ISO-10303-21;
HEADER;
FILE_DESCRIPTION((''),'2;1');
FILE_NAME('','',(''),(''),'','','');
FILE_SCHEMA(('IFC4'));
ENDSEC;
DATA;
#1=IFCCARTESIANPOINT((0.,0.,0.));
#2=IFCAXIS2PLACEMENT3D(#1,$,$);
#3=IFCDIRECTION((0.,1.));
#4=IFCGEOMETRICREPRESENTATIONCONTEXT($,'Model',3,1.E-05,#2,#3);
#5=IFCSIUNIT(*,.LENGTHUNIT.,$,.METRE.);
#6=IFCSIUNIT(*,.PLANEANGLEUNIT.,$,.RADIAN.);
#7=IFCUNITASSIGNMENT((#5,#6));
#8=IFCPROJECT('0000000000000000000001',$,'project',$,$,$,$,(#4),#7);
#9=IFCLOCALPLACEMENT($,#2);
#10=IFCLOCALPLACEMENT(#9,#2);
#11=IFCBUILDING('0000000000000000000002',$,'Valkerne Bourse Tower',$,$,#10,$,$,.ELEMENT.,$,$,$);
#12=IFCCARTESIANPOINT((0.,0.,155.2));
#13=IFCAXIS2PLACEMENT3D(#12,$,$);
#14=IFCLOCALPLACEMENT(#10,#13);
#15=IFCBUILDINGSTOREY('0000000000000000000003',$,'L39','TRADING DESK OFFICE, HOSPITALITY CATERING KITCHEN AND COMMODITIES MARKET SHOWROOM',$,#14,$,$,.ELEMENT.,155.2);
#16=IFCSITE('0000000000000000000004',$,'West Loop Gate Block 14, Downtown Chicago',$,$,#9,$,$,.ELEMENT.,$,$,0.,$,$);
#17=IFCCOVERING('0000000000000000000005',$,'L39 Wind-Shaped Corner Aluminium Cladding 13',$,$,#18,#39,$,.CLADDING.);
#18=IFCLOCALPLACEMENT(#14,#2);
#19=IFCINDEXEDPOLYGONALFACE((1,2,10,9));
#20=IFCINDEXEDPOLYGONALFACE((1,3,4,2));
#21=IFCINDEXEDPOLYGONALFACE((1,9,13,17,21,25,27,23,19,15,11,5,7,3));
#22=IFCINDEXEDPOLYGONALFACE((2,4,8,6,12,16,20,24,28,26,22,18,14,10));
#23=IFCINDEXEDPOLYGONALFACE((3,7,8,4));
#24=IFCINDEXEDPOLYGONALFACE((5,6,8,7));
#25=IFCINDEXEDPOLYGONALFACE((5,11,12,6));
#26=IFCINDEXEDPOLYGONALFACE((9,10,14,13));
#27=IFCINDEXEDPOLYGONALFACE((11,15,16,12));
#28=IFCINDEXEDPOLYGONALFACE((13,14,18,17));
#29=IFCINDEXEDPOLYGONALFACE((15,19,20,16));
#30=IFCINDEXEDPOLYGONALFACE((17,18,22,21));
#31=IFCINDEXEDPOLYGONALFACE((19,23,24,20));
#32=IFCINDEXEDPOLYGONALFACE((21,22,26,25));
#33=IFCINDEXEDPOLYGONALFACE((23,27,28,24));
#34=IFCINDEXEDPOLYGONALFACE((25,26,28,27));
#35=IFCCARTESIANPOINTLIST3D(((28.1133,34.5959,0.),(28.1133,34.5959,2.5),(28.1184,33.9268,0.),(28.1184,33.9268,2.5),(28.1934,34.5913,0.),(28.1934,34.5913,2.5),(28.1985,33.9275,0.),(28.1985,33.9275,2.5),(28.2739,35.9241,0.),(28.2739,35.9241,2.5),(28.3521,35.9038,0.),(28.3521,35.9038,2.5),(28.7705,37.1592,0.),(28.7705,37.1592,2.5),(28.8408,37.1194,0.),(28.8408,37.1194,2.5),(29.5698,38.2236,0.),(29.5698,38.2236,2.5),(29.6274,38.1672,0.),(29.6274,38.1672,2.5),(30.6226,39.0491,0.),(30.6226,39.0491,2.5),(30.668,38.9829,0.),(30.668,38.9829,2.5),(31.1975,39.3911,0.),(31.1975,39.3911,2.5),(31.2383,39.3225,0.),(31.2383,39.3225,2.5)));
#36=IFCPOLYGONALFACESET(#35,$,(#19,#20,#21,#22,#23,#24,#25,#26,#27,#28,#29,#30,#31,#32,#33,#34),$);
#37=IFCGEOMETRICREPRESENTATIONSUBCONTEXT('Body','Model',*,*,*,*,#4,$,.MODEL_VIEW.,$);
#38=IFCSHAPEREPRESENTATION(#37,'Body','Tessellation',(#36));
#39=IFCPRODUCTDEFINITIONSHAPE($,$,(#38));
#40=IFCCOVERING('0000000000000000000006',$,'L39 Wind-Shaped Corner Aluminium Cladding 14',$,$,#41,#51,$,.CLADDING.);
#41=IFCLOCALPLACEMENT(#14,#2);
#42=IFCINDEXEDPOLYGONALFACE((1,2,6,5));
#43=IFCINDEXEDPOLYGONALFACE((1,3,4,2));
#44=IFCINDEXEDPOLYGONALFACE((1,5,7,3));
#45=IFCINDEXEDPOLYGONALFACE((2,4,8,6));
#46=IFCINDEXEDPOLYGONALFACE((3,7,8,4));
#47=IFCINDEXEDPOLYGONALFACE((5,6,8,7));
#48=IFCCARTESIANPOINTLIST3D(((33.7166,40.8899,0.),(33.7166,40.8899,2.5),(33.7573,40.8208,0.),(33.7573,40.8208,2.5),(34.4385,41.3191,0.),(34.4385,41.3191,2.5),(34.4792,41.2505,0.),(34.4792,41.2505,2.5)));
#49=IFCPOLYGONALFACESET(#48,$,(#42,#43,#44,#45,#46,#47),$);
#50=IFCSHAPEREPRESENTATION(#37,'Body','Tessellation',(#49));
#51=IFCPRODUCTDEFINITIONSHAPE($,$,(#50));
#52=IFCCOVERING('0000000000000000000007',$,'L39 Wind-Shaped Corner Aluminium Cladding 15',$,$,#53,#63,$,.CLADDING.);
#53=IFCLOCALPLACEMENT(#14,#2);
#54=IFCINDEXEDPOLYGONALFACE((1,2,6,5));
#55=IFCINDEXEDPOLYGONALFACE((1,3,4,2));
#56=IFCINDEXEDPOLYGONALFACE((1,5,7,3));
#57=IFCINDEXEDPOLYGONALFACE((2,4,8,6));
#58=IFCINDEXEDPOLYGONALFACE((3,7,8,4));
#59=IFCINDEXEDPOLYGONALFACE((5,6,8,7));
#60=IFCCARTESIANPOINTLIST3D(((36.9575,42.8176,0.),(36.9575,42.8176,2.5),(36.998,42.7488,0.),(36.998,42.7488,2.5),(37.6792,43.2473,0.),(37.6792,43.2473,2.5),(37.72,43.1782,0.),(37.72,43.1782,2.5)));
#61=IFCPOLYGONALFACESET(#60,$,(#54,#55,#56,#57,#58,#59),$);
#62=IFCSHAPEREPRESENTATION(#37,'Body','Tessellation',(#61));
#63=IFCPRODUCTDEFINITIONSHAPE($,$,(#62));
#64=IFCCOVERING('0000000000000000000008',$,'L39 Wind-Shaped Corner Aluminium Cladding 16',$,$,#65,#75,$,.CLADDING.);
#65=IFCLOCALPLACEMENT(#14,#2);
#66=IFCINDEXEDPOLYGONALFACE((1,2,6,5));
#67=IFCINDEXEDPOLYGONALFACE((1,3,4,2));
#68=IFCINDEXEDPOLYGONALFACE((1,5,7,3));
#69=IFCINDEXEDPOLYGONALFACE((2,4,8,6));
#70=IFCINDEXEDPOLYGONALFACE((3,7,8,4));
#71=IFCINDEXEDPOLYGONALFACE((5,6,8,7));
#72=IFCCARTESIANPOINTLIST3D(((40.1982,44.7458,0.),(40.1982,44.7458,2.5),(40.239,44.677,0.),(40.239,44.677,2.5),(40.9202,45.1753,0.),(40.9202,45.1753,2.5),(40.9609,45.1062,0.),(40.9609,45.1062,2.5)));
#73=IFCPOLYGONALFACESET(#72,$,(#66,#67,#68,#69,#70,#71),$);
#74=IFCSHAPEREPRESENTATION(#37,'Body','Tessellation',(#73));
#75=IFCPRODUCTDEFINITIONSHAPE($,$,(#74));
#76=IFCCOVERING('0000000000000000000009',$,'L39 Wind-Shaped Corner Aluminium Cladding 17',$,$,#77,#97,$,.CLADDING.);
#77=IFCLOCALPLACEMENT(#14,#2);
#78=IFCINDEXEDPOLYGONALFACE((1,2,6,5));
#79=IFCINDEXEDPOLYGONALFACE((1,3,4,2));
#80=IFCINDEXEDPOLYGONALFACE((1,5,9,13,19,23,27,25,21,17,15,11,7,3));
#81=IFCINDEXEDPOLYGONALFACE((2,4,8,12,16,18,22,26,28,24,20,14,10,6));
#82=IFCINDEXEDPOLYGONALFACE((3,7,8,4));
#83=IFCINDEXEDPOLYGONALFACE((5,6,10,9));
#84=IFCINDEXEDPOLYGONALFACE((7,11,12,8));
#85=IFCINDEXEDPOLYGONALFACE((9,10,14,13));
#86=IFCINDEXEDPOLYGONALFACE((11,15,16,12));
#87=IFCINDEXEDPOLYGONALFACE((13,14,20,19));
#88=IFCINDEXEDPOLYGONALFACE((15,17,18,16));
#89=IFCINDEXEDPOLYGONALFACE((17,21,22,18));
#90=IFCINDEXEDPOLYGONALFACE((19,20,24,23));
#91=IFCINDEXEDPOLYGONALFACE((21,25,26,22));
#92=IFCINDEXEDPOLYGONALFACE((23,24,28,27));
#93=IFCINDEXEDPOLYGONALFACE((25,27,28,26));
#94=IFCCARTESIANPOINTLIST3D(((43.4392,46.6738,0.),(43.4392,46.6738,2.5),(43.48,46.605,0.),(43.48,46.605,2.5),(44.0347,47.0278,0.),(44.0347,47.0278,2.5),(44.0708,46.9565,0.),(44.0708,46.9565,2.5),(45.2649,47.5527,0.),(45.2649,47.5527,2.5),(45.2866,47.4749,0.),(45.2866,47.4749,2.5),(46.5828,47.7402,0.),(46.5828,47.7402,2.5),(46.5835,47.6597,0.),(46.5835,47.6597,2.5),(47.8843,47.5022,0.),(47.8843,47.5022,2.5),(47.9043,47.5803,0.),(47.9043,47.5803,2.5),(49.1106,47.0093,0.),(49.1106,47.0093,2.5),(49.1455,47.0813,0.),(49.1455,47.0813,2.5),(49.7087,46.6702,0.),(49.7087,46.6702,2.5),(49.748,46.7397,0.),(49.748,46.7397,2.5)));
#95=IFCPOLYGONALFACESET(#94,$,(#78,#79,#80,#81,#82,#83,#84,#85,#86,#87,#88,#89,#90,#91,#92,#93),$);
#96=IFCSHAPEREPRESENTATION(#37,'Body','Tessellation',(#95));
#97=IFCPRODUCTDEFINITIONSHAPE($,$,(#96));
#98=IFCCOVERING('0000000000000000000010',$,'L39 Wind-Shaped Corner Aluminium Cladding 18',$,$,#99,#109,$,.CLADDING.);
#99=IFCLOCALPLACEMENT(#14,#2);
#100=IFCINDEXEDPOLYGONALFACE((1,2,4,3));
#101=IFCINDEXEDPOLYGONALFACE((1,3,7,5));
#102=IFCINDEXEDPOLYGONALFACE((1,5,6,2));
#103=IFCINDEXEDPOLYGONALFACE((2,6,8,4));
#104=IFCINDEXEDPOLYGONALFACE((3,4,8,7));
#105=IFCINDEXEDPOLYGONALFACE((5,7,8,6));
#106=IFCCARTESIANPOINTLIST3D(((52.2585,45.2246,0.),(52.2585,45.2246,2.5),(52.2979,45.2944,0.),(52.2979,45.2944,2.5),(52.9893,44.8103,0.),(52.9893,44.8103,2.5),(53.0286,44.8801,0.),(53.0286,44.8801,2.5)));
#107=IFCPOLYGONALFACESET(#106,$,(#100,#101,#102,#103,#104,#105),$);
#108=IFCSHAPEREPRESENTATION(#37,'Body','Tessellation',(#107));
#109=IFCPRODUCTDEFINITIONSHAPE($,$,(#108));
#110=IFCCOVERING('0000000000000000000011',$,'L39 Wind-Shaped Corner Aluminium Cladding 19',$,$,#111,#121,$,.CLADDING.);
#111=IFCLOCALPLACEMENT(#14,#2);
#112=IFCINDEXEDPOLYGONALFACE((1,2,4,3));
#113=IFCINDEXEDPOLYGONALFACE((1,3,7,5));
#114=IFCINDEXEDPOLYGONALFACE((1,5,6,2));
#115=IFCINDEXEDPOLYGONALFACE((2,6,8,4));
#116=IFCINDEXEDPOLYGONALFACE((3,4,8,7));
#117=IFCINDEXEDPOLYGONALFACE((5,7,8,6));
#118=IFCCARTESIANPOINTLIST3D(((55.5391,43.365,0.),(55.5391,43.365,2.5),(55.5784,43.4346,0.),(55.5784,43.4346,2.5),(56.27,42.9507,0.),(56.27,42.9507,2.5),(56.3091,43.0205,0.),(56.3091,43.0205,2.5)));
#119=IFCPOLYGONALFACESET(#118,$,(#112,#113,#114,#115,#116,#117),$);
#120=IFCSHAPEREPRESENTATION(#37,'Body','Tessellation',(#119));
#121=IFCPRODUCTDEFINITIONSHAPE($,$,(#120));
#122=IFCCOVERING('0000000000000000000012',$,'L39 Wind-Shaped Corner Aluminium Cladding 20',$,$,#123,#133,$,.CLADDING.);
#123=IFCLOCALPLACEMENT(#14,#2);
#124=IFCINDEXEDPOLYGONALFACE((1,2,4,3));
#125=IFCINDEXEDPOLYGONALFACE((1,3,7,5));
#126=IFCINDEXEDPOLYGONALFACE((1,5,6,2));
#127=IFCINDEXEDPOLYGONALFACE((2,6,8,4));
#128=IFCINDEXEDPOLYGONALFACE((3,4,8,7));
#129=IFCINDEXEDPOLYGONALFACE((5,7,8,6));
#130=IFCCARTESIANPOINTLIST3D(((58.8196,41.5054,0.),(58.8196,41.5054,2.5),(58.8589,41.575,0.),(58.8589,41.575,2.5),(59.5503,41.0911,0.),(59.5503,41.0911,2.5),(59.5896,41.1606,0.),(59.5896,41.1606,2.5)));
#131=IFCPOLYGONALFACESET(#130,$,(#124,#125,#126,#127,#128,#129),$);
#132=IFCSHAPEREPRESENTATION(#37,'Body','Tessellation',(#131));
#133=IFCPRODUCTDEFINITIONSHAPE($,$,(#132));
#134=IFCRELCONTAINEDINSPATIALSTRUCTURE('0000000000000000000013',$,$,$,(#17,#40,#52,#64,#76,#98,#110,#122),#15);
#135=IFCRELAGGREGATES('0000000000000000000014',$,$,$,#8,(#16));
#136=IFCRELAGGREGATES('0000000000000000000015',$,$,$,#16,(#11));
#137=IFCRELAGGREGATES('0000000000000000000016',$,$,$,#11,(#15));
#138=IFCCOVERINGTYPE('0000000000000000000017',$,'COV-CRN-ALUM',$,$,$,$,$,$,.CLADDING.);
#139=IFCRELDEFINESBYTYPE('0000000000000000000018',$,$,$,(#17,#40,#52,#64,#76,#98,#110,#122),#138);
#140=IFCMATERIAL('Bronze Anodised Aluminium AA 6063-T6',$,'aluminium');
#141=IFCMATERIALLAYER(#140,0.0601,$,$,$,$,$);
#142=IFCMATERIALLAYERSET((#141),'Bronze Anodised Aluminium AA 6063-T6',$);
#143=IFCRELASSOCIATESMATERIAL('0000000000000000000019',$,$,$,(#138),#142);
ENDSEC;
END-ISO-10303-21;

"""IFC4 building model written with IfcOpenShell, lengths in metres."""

from ifc_helpers import new_model, si_unit, direction, frame, origin, place, context, subcontext, project, spatial, polyline, outline, extrude, material, layer, layer_set, type_object, element, save


model = new_model("IFC4")

# Units and contexts
model_context = context("Model", 3, precision=1e-05, world=origin(), true_north=direction((0.0, 1.0)))
body_context = subcontext(model_context, "Body", "Model", "MODEL_VIEW")
ifc_project = project(units=[si_unit("LENGTHUNIT", "METRE"), si_unit("PLANEANGLEUNIT", "RADIAN")], contexts=[model_context])

# Site, building, storey
site_placement = place(None, origin())
site = spatial("IfcSite", under=ifc_project, at=site_placement, Name="West Loop Gate Block 14, Downtown Chicago", CompositionType="ELEMENT", RefElevation=0.0)
building_placement = place(site_placement, origin())
building = spatial("IfcBuilding", under=site, at=building_placement, Name="Valkerne Bourse Tower", CompositionType="ELEMENT")
storey_placement = place(building_placement, frame((0.0, 0.0, 155.2)))
storey = spatial("IfcBuildingStorey", under=building, at=storey_placement, Name="L39", Description="TRADING DESK OFFICE, HOSPITALITY CATERING KITCHEN AND COMMODITIES MARKET SHOWROOM", CompositionType="ELEMENT", Elevation=155.2)

# Coverings
ifc_material_1 = material(Name="Bronze Anodised Aluminium AA 6063-T6", Category="aluminium")
ifc_layer_1 = layer(ifc_material_1, 0.0601)
ifc_layer_set_1 = layer_set([ifc_layer_1], Name="Bronze Anodised Aluminium AA 6063-T6")
covering_type = type_object("IfcCoveringType", Name="COV-CRN-ALUM", PredefinedType="CLADDING", material=ifc_layer_set_1)
covering_1_placement = place(storey_placement, origin())
element("IfcCovering", 1, at=covering_1_placement, inside=storey, type_object=covering_type, Name="L39 Wind-Shaped Corner Aluminium Cladding 13", PredefinedType="CLADDING", context=body_context, shape_type="SweptSolid", body=[
    extrude(outline(polyline([(28.1133, 34.5959), (28.2739, 35.9241), (28.7705, 37.1592), (29.5698, 38.2236), (30.6226, 39.0491), (31.1975, 39.3911), (31.2383, 39.3225), (30.668, 38.9829), (29.6274, 38.1672), (28.8408, 37.1194), (28.3521, 35.9038), (28.1934, 34.5913), (28.1985, 33.9275), (28.1184, 33.9268), (28.1133, 34.5959)])), origin(), (0.0, 0.0, 1.0), 2.5),
])
covering_2_placement = place(storey_placement, origin())
element("IfcCovering", 2, at=covering_2_placement, inside=storey, type_object=covering_type, Name="L39 Wind-Shaped Corner Aluminium Cladding 14", PredefinedType="CLADDING", context=body_context, shape_type="SweptSolid", body=[
    extrude(outline(polyline([(34.4385, 41.3191), (34.4792, 41.2505), (33.7573, 40.8208), (33.7166, 40.8899), (34.4385, 41.3191)])), origin(), (0.0, 0.0, 1.0), 2.5),
])
covering_3_placement = place(storey_placement, origin())
element("IfcCovering", 3, at=covering_3_placement, inside=storey, type_object=covering_type, Name="L39 Wind-Shaped Corner Aluminium Cladding 15", PredefinedType="CLADDING", context=body_context, shape_type="SweptSolid", body=[
    extrude(outline(polyline([(37.6792, 43.2473), (37.72, 43.1782), (36.998, 42.7488), (36.9575, 42.8176), (37.6792, 43.2473)])), origin(), (0.0, 0.0, 1.0), 2.5),
])
covering_4_placement = place(storey_placement, origin())
element("IfcCovering", 4, at=covering_4_placement, inside=storey, type_object=covering_type, Name="L39 Wind-Shaped Corner Aluminium Cladding 16", PredefinedType="CLADDING", context=body_context, shape_type="SweptSolid", body=[
    extrude(outline(polyline([(40.9202, 45.1753), (40.9609, 45.1062), (40.239, 44.677), (40.1982, 44.7458), (40.9202, 45.1753)])), origin(), (0.0, 0.0, 1.0), 2.5),
])
covering_5_placement = place(storey_placement, origin())
element("IfcCovering", 5, at=covering_5_placement, inside=storey, type_object=covering_type, Name="L39 Wind-Shaped Corner Aluminium Cladding 17", PredefinedType="CLADDING", context=body_context, shape_type="SweptSolid", body=[
    extrude(outline(polyline([(44.0347, 47.0278), (45.2649, 47.5527), (46.5828, 47.7402), (47.9043, 47.5803), (49.1455, 47.0813), (49.748, 46.7397), (49.7087, 46.6702), (49.1106, 47.0093), (47.8843, 47.5022), (46.5835, 47.6597), (45.2866, 47.4749), (44.0708, 46.9565), (43.48, 46.605), (43.4392, 46.6738), (44.0347, 47.0278)])), origin(), (0.0, 0.0, 1.0), 2.5),
])
covering_6_placement = place(storey_placement, origin())
element("IfcCovering", 6, at=covering_6_placement, inside=storey, type_object=covering_type, Name="L39 Wind-Shaped Corner Aluminium Cladding 18", PredefinedType="CLADDING", context=body_context, shape_type="SweptSolid", body=[
    extrude(outline(polyline([(53.0286, 44.8801), (52.9893, 44.8103), (52.2585, 45.2246), (52.2979, 45.2944), (53.0286, 44.8801)])), origin(), (0.0, 0.0, 1.0), 2.5),
])
covering_7_placement = place(storey_placement, origin())
element("IfcCovering", 7, at=covering_7_placement, inside=storey, type_object=covering_type, Name="L39 Wind-Shaped Corner Aluminium Cladding 19", PredefinedType="CLADDING", context=body_context, shape_type="SweptSolid", body=[
    extrude(outline(polyline([(56.3091, 43.0205), (56.27, 42.9507), (55.5391, 43.365), (55.5784, 43.4346), (56.3091, 43.0205)])), origin(), (0.0, 0.0, 1.0), 2.5),
])
covering_8_placement = place(storey_placement, origin())
element("IfcCovering", 8, at=covering_8_placement, inside=storey, type_object=covering_type, Name="L39 Wind-Shaped Corner Aluminium Cladding 20", PredefinedType="CLADDING", context=body_context, shape_type="SweptSolid", body=[
    extrude(outline(polyline([(59.5896, 41.1606), (59.5503, 41.0911), (58.8196, 41.5054), (58.8589, 41.575), (59.5896, 41.1606)])), origin(), (0.0, 0.0, 1.0), 2.5),
])

save(model, "model.ifc")
